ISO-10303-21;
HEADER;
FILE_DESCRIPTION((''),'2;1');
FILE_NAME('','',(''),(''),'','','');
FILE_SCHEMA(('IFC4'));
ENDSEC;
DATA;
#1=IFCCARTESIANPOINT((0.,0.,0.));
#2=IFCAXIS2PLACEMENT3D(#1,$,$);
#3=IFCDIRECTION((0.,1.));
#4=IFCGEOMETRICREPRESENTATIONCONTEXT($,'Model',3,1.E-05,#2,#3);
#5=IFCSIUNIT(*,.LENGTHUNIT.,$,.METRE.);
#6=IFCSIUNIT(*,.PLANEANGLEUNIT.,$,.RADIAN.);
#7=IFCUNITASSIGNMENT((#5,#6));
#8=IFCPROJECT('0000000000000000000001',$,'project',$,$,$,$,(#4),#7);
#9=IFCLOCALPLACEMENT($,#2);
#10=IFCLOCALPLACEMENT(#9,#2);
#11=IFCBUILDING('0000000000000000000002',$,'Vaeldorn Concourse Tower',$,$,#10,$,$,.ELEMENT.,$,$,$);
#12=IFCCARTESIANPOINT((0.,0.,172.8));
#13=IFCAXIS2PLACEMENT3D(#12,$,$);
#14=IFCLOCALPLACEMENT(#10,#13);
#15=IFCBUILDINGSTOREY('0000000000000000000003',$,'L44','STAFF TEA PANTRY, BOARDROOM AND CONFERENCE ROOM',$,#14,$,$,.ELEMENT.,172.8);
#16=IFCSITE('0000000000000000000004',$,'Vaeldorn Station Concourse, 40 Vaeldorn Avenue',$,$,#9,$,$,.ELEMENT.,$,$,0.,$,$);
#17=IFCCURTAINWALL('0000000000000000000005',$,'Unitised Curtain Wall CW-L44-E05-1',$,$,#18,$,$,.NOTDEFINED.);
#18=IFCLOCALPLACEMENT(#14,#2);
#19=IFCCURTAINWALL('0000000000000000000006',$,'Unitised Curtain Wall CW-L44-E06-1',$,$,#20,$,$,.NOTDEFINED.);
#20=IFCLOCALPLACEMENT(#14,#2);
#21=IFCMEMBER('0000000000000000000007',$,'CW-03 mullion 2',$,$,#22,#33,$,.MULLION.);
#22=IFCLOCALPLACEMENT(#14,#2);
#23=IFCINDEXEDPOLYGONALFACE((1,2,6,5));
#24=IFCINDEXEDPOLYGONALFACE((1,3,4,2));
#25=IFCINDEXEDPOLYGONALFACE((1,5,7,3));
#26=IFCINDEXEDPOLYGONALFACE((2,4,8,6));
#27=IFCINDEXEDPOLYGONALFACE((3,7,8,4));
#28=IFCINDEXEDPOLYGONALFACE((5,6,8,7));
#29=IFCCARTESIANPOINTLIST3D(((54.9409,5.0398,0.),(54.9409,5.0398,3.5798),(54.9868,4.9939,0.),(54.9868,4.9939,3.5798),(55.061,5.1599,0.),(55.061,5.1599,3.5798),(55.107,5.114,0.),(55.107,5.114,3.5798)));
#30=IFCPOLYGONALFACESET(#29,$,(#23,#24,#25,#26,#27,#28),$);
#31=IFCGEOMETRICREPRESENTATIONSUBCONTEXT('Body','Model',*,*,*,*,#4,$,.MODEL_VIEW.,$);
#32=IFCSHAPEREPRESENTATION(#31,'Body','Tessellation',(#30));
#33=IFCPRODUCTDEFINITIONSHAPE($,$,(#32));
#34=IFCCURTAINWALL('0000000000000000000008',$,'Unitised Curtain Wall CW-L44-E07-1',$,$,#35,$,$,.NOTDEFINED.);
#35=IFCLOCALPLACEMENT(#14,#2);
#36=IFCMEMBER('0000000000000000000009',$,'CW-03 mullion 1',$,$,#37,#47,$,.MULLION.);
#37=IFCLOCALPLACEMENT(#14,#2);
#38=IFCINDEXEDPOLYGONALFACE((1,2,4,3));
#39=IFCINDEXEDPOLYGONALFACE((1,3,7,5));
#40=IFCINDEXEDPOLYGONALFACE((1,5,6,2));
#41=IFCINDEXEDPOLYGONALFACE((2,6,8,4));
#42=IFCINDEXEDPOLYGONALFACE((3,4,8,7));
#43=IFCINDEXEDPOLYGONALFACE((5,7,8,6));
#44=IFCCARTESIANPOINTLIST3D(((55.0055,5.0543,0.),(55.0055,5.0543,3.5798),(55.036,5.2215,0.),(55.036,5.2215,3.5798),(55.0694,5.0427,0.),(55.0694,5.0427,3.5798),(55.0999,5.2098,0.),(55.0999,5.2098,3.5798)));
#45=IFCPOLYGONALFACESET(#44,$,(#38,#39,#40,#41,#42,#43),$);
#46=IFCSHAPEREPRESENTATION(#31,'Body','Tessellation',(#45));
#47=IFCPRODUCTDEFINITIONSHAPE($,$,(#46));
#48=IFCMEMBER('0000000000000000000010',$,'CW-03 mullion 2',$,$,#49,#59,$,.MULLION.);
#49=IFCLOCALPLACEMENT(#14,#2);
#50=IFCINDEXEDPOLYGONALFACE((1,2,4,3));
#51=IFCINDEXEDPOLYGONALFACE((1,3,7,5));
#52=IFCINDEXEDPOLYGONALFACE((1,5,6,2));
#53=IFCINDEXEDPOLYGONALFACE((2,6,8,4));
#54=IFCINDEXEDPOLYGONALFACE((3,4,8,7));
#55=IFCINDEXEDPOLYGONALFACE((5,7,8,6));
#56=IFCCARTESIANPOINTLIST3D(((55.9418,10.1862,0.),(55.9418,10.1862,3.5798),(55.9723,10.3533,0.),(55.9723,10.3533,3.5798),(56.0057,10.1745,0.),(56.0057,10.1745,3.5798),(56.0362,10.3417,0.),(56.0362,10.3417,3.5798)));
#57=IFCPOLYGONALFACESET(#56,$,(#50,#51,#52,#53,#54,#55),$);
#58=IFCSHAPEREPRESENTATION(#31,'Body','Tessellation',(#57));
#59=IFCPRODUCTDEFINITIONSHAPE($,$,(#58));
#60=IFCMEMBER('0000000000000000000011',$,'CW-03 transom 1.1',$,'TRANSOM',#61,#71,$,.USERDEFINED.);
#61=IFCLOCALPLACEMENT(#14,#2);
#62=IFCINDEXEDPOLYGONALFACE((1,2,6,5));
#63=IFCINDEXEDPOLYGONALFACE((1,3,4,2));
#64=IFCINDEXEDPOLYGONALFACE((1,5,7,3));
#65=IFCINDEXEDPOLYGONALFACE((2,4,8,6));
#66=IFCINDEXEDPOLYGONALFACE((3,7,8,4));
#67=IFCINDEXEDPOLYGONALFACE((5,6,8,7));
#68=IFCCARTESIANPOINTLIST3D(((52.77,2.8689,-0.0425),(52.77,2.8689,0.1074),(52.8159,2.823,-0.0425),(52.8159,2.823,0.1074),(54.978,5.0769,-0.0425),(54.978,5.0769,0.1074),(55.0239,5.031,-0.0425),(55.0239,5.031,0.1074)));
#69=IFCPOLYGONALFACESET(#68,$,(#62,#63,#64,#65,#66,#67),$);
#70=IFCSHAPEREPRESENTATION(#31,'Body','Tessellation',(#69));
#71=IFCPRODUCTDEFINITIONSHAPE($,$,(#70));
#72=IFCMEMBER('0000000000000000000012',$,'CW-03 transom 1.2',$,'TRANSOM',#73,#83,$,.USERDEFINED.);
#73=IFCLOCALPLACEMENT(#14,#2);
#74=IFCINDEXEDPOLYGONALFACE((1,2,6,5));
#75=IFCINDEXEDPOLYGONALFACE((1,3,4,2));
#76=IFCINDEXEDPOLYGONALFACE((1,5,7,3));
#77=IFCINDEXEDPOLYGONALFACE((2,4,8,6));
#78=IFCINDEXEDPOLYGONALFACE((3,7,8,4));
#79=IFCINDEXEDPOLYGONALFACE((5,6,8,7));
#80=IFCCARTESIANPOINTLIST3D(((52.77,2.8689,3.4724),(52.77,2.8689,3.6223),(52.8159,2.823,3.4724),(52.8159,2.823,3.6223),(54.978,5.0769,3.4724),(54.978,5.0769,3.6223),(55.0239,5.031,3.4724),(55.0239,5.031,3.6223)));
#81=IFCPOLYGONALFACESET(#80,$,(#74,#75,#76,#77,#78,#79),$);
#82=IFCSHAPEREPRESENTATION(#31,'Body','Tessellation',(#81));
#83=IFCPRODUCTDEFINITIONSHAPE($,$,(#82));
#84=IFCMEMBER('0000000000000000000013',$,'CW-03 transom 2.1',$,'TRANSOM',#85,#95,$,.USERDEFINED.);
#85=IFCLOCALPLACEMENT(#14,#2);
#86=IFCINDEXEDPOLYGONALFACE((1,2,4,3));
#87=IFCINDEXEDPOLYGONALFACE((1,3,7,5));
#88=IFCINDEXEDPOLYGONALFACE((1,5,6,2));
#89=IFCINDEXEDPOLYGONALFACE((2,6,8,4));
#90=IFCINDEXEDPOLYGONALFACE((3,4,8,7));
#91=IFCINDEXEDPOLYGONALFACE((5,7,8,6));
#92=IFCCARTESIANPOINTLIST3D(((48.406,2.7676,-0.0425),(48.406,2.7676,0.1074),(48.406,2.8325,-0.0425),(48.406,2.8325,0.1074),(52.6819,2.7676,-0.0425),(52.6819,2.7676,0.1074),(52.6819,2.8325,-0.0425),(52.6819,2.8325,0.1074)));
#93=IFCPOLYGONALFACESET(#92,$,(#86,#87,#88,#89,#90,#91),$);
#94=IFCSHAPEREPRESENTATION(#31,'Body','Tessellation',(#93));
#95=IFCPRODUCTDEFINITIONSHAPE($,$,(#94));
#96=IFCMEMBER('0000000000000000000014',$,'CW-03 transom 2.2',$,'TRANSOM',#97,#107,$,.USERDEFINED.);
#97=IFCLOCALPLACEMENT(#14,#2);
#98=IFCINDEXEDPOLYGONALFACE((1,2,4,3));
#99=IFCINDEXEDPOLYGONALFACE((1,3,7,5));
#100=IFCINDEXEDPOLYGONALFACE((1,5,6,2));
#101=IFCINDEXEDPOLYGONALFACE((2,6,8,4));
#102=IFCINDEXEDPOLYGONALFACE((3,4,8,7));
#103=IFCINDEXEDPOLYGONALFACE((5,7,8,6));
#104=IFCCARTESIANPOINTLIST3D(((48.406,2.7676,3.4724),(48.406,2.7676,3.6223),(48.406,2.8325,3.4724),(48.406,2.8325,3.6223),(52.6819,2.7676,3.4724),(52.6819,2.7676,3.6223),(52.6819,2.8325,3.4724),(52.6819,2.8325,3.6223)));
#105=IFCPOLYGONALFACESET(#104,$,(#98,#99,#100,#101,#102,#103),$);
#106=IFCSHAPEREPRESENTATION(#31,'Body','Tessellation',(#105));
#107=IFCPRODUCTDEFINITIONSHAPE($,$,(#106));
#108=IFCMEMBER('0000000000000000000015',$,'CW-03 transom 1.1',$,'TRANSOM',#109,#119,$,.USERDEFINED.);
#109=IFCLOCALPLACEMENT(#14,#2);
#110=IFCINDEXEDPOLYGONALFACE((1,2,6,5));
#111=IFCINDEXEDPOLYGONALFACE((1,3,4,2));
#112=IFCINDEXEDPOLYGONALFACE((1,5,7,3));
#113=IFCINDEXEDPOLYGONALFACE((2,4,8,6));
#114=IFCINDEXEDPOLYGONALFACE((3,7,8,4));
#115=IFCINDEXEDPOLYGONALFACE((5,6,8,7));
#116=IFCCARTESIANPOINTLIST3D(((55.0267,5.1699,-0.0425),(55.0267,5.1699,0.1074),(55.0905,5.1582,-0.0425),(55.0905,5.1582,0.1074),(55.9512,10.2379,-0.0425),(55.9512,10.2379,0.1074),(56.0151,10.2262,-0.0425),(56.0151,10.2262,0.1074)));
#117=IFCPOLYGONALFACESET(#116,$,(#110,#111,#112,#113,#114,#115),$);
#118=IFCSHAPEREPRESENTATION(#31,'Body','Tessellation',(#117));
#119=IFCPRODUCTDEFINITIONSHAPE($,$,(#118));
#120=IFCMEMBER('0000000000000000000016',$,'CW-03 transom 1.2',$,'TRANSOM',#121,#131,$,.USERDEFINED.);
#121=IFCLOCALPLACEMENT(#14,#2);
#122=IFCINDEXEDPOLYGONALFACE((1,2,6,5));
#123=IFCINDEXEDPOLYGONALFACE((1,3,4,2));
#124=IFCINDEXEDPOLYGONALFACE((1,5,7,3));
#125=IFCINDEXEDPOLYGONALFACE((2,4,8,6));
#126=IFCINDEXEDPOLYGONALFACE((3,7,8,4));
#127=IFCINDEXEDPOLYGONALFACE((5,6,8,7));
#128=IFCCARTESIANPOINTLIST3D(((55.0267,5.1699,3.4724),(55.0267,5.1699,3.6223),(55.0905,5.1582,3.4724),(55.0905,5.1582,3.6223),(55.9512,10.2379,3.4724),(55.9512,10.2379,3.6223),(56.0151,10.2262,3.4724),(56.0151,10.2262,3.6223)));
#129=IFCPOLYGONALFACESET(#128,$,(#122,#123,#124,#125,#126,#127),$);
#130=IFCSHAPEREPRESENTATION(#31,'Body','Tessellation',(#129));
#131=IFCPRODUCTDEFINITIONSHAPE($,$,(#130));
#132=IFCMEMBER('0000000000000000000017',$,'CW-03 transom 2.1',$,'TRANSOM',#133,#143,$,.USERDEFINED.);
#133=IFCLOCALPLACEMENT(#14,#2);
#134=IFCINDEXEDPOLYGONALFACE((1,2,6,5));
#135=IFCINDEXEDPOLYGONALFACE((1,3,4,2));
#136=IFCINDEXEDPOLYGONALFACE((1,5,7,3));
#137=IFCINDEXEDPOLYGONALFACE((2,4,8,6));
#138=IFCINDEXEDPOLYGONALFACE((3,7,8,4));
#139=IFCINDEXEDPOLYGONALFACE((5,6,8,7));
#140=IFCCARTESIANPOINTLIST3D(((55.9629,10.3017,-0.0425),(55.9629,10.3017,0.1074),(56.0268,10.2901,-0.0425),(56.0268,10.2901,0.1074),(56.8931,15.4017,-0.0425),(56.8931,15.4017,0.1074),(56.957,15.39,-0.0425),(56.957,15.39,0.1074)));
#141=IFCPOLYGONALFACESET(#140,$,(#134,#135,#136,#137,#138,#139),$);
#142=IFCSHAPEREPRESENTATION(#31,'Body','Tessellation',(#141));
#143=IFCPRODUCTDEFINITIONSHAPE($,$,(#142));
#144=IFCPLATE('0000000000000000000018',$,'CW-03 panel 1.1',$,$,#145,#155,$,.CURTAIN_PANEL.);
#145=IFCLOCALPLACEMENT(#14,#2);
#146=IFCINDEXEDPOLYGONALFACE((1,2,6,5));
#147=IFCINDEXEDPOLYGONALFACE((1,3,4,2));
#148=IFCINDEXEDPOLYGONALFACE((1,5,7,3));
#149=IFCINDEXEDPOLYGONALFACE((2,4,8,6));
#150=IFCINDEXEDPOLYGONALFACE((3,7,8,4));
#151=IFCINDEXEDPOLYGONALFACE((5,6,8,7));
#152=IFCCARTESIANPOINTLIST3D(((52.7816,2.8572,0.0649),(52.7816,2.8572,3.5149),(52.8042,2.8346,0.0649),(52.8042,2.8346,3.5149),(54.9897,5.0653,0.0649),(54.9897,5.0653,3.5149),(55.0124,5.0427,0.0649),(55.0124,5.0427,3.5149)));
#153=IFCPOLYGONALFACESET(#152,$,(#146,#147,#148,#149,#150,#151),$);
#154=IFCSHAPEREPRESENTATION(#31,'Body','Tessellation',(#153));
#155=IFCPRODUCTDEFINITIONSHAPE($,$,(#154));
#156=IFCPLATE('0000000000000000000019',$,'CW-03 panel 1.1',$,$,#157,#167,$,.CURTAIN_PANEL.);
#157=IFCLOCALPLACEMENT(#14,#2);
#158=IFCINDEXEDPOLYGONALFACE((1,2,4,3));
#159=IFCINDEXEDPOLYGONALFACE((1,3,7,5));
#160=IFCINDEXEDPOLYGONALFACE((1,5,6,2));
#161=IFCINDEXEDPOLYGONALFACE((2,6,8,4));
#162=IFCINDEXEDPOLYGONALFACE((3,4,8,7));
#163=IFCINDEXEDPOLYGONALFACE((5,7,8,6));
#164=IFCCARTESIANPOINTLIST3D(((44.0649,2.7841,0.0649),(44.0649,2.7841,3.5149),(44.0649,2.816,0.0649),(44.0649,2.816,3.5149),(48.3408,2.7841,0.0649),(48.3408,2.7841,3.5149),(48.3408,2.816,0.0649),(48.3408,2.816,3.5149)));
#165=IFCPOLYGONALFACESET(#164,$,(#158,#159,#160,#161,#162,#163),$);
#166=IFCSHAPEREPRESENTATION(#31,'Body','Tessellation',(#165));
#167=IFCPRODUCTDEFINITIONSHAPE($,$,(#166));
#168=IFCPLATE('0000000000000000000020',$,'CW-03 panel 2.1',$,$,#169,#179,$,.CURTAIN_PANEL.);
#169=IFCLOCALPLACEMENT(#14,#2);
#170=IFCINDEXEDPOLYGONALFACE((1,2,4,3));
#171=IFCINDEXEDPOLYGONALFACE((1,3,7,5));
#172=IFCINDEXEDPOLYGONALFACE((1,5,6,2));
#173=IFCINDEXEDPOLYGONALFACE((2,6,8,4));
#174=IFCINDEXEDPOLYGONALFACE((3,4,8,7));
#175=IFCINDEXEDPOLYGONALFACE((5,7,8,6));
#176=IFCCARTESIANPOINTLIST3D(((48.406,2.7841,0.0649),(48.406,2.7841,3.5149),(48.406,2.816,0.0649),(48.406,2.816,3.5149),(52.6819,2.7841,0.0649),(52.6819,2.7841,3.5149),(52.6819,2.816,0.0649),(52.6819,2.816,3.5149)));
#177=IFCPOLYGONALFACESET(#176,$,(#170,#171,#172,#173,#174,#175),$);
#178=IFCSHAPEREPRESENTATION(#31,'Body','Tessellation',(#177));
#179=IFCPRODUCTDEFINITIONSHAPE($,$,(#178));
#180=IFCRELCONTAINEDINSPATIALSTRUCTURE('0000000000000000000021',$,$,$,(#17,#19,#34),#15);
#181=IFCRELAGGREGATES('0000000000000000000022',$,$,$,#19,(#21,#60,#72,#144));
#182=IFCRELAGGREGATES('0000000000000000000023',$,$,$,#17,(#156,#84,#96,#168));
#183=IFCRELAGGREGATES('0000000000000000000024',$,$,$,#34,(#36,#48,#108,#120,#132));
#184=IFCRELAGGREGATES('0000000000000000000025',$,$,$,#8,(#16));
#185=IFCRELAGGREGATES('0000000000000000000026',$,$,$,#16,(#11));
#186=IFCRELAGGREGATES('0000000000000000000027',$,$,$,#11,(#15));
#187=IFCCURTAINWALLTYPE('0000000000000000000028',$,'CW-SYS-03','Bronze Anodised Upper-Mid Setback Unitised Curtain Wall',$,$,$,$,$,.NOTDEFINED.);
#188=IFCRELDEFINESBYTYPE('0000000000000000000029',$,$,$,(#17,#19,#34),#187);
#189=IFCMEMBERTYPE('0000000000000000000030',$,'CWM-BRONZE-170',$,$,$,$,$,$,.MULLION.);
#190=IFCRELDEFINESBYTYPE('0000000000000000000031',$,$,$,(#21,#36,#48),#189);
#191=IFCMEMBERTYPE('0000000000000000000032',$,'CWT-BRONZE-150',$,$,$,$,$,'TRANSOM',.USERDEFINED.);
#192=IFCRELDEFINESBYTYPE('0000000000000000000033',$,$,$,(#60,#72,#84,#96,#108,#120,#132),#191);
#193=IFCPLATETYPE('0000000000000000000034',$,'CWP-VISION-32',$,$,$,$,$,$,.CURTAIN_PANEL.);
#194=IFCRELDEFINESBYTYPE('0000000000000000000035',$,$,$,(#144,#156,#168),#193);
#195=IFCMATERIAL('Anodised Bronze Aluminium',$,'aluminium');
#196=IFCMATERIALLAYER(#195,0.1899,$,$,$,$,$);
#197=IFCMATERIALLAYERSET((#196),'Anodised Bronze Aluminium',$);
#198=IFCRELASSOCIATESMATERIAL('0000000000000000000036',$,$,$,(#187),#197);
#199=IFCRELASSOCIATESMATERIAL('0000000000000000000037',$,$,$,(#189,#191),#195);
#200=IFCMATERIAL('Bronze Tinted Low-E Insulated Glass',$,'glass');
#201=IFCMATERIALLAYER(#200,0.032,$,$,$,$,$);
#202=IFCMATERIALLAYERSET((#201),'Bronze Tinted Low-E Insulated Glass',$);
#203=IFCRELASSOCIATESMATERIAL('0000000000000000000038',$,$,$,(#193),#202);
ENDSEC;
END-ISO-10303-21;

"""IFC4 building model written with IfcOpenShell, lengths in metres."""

from ifc_helpers import new_model, si_unit, direction, frame, origin, origin_2d, place, context, subcontext, project, spatial, rectangle, extrude, source, transform, mapped, material, layer, layer_set, material_profile, profile_set, type_object, element, aggregate, save


model = new_model("IFC4")

# Units and contexts
model_context = context("Model", 3, precision=1e-05, world=origin(), true_north=direction((0.0, 1.0)))
body_context = subcontext(model_context, "Body", "Model", "MODEL_VIEW")
ifc_project = project(units=[si_unit("LENGTHUNIT", "METRE"), si_unit("PLANEANGLEUNIT", "RADIAN")], contexts=[model_context])

# Site, building, storey
site_placement = place(None, origin())
site = spatial("IfcSite", under=ifc_project, at=site_placement, Name="Vaeldorn Station Concourse, 40 Vaeldorn Avenue", CompositionType="ELEMENT", RefElevation=0.0)
building_placement = place(site_placement, origin())
building = spatial("IfcBuilding", under=site, at=building_placement, Name="Vaeldorn Concourse Tower", CompositionType="ELEMENT")
storey_placement = place(building_placement, frame((0.0, 0.0, 172.8)))
storey = spatial("IfcBuildingStorey", under=building, at=storey_placement, Name="L44", Description="STAFF TEA PANTRY, BOARDROOM AND CONFERENCE ROOM", CompositionType="ELEMENT", Elevation=172.8)

# Curtain walls, members
ifc_material_1 = material(Name="Anodised Bronze Aluminium", Category="aluminium")
ifc_layer_1 = layer(ifc_material_1, 0.1899)
ifc_layer_set_1 = layer_set([ifc_layer_1], Name="Anodised Bronze Aluminium")
curtain_wall_type = type_object("IfcCurtainWallType", Name="CW-SYS-03", Description="Bronze Anodised Upper-Mid Setback Unitised Curtain Wall", PredefinedType="NOTDEFINED", material=ifc_layer_set_1)
curtain_wall_1_placement = place(storey_placement, origin())
curtain_wall_1 = element("IfcCurtainWall", 1, at=curtain_wall_1_placement, inside=storey, type_object=curtain_wall_type, Name="Unitised Curtain Wall CW-L44-E05-1", PredefinedType="NOTDEFINED")
ifc_material_profile_1 = material_profile(ifc_material_1, rectangle(XDim=0.0649, YDim=0.1699, at=origin_2d()), Name="CWM 65x170")
ifc_profile_set_1 = profile_set([ifc_material_profile_1], Name="Anodised Bronze Aluminium")
member_type_1 = type_object("IfcMemberType", Name="CWM-BRONZE-170", PredefinedType="MULLION", material=ifc_profile_set_1)
shared_shape_1 = source(origin(), body_context, "Body", "SweptSolid", [
    extrude(rectangle(XDim=0.0649, YDim=0.1699, at=origin_2d()), origin(), (0.0, 0.0, 1.0), 3.5798),
])
curtain_wall_2_placement = place(storey_placement, origin())
curtain_wall_2 = element("IfcCurtainWall", 2, at=curtain_wall_2_placement, inside=storey, type_object=curtain_wall_type, Name="Unitised Curtain Wall CW-L44-E06-1", PredefinedType="NOTDEFINED")
member_1_placement = place(storey_placement, frame((55.0239, 5.0769, 0.0), z_axis=(0.0, 0.0, 1.0), x_axis=(-0.707107, 0.707107, 0.0)))
member_1 = element("IfcMember", 3, at=member_1_placement, type_object=member_type_1, Name="CW-03 mullion 2", PredefinedType="MULLION", context=body_context, shape_type="MappedRepresentation", body=[
    mapped(shared_shape_1, transform((0.0, 0.0, 0.0), scale=1.0)),
])
curtain_wall_3_placement = place(storey_placement, origin())
curtain_wall_3 = element("IfcCurtainWall", 4, at=curtain_wall_3_placement, inside=storey, type_object=curtain_wall_type, Name="Unitised Curtain Wall CW-L44-E07-1", PredefinedType="NOTDEFINED")
member_2_placement = place(storey_placement, frame((55.0527, 5.1321, 0.0), z_axis=(0.0, 0.0, 1.0), x_axis=(-0.983768, 0.179446, 0.0)))
member_2 = element("IfcMember", 5, at=member_2_placement, type_object=member_type_1, Name="CW-03 mullion 1", PredefinedType="MULLION", context=body_context, shape_type="MappedRepresentation", body=[
    mapped(shared_shape_1, transform((0.0, 0.0, 0.0), scale=1.0)),
])
member_3_placement = place(storey_placement, frame((55.989, 10.2639, 0.0), z_axis=(0.0, 0.0, 1.0), x_axis=(-0.983768, 0.179446, 0.0)))
member_3 = element("IfcMember", 6, at=member_3_placement, type_object=member_type_1, Name="CW-03 mullion 2", PredefinedType="MULLION", context=body_context, shape_type="MappedRepresentation", body=[
    mapped(shared_shape_1, transform((0.0, 0.0, 0.0), scale=1.0)),
])

# Members
ifc_material_profile_2 = material_profile(ifc_material_1, rectangle(XDim=0.0649, YDim=0.1499, at=origin_2d()), Name="CWT 65x150")
ifc_profile_set_2 = profile_set([ifc_material_profile_2], Name="Anodised Bronze Aluminium")
member_type_2 = type_object("IfcMemberType", Name="CWT-BRONZE-150", ElementType="TRANSOM", PredefinedType="USERDEFINED", material=ifc_profile_set_2)
shared_shape_2 = source(origin(), body_context, "Body", "SweptSolid", [
    extrude(rectangle(XDim=0.0649, YDim=0.1499, at=origin_2d()), origin(), (0.0, 0.0, 1.0), 3.1226),
])
member_4_placement = place(storey_placement, frame((52.793, 2.8459, 0.0325), z_axis=(0.707107, 0.707107, 0.0), x_axis=(-0.707107, 0.707107, 0.0)))
member_4 = element("IfcMember", 7, at=member_4_placement, type_object=member_type_2, Name="CW-03 transom 1.1", ObjectType="TRANSOM", PredefinedType="USERDEFINED", context=body_context, shape_type="MappedRepresentation", body=[
    mapped(shared_shape_2, transform((0.0, 0.0, 0.0), scale=1.0)),
])
member_5_placement = place(storey_placement, frame((52.793, 2.8459, 3.5474), z_axis=(0.707107, 0.707107, 0.0), x_axis=(-0.707107, 0.707107, 0.0)))
member_5 = element("IfcMember", 8, at=member_5_placement, type_object=member_type_2, Name="CW-03 transom 1.2", ObjectType="TRANSOM", PredefinedType="USERDEFINED", context=body_context, shape_type="MappedRepresentation", body=[
    mapped(shared_shape_2, transform((0.0, 0.0, 0.0), scale=1.0)),
])
shared_shape_3 = source(origin(), body_context, "Body", "SweptSolid", [
    extrude(rectangle(XDim=0.0649, YDim=0.1499, at=origin_2d()), origin(), (0.0, 0.0, 1.0), 4.2759),
])
member_6_placement = place(storey_placement, frame((48.406, 2.8, 0.0325), z_axis=(1.0, 0.0, 0.0), x_axis=(0.0, 1.0, 0.0)))
member_6 = element("IfcMember", 9, at=member_6_placement, type_object=member_type_2, Name="CW-03 transom 2.1", ObjectType="TRANSOM", PredefinedType="USERDEFINED", context=body_context, shape_type="MappedRepresentation", body=[
    mapped(shared_shape_3, transform((0.0, 0.0, 0.0), scale=1.0)),
])
member_7_placement = place(storey_placement, frame((48.406, 2.8, 3.5474), z_axis=(1.0, 0.0, 0.0), x_axis=(0.0, 1.0, 0.0)))
member_7 = element("IfcMember", 10, at=member_7_placement, type_object=member_type_2, Name="CW-03 transom 2.2", ObjectType="TRANSOM", PredefinedType="USERDEFINED", context=body_context, shape_type="MappedRepresentation", body=[
    mapped(shared_shape_3, transform((0.0, 0.0, 0.0), scale=1.0)),
])
shared_shape_4 = source(origin(), body_context, "Body", "SweptSolid", [
    extrude(rectangle(XDim=0.0649, YDim=0.1499, at=origin_2d()), origin(), (0.0, 0.0, 1.0), 5.1516),
])
member_8_placement = place(storey_placement, frame((55.0586, 5.1641, 0.0325), z_axis=(0.179473, 0.983763, 0.0), x_axis=(-0.983763, 0.179473, 0.0)))
member_8 = element("IfcMember", 11, at=member_8_placement, type_object=member_type_2, Name="CW-03 transom 1.1", ObjectType="TRANSOM", PredefinedType="USERDEFINED", context=body_context, shape_type="MappedRepresentation", body=[
    mapped(shared_shape_4, transform((0.0, 0.0, 0.0), scale=1.0)),
])
member_9_placement = place(storey_placement, frame((55.0586, 5.1641, 3.5474), z_axis=(0.179473, 0.983763, 0.0), x_axis=(-0.983763, 0.179473, 0.0)))
member_9 = element("IfcMember", 12, at=member_9_placement, type_object=member_type_2, Name="CW-03 transom 1.2", ObjectType="TRANSOM", PredefinedType="USERDEFINED", context=body_context, shape_type="MappedRepresentation", body=[
    mapped(shared_shape_4, transform((0.0, 0.0, 0.0), scale=1.0)),
])
shared_shape_5 = source(origin(), body_context, "Body", "SweptSolid", [
    extrude(rectangle(XDim=0.0649, YDim=0.1499, at=origin_2d()), origin(), (0.0, 0.0, 1.0), 5.1841),
])
member_10_placement = place(storey_placement, frame((55.9949, 10.2959, 0.0325), z_axis=(0.179432, 0.98377, 0.0), x_axis=(-0.98377, 0.179432, 0.0)))
member_10 = element("IfcMember", 13, at=member_10_placement, type_object=member_type_2, Name="CW-03 transom 2.1", ObjectType="TRANSOM", PredefinedType="USERDEFINED", context=body_context, shape_type="MappedRepresentation", body=[
    mapped(shared_shape_5, transform((0.0, 0.0, 0.0), scale=1.0)),
])

# Plates
ifc_material_2 = material(Name="Bronze Tinted Low-E Insulated Glass", Category="glass")
ifc_layer_2 = layer(ifc_material_2, 0.032)
ifc_layer_set_2 = layer_set([ifc_layer_2], Name="Bronze Tinted Low-E Insulated Glass")
plate_type = type_object("IfcPlateType", Name="CWP-VISION-32", PredefinedType="CURTAIN_PANEL", material=ifc_layer_set_2)
shared_shape_6 = source(origin(), body_context, "Body", "SweptSolid", [
    extrude(rectangle(XDim=3.1228, YDim=0.032, at=origin_2d()), origin(), (0.0, 0.0, 1.0), 3.45),
])
plate_1_placement = place(storey_placement, frame((53.897, 3.95, 0.0649), z_axis=(0.0, 0.0, 1.0), x_axis=(0.707107, 0.707107, 0.0)))
plate_1 = element("IfcPlate", 14, at=plate_1_placement, type_object=plate_type, Name="CW-03 panel 1.1", PredefinedType="CURTAIN_PANEL", context=body_context, shape_type="MappedRepresentation", body=[
    mapped(shared_shape_6, transform((0.0, 0.0, 0.0), scale=1.0)),
])
aggregate(curtain_wall_2, [member_1, member_4, member_5, plate_1])
shared_shape_7 = source(origin(), body_context, "Body", "SweptSolid", [
    extrude(rectangle(XDim=4.2759, YDim=0.032, at=origin_2d()), origin(), (0.0, 0.0, 1.0), 3.45),
])
plate_2_placement = place(storey_placement, frame((46.2029, 2.8, 0.0649), z_axis=(0.0, 0.0, 1.0), x_axis=(1.0, 0.0, 0.0)))
plate_2 = element("IfcPlate", 15, at=plate_2_placement, type_object=plate_type, Name="CW-03 panel 1.1", PredefinedType="CURTAIN_PANEL", context=body_context, shape_type="MappedRepresentation", body=[
    mapped(shared_shape_7, transform((0.0, 0.0, 0.0), scale=1.0)),
])
plate_3_placement = place(storey_placement, frame((50.5439, 2.8, 0.0649), z_axis=(0.0, 0.0, 1.0), x_axis=(1.0, 0.0, 0.0)))
plate_3 = element("IfcPlate", 16, at=plate_3_placement, type_object=plate_type, Name="CW-03 panel 2.1", PredefinedType="CURTAIN_PANEL", context=body_context, shape_type="MappedRepresentation", body=[
    mapped(shared_shape_7, transform((0.0, 0.0, 0.0), scale=1.0)),
])
aggregate(curtain_wall_1, [plate_2, member_6, member_7, plate_3])
aggregate(curtain_wall_3, [member_2, member_3, member_8, member_9, member_10])

save(model, "model.ifc")
